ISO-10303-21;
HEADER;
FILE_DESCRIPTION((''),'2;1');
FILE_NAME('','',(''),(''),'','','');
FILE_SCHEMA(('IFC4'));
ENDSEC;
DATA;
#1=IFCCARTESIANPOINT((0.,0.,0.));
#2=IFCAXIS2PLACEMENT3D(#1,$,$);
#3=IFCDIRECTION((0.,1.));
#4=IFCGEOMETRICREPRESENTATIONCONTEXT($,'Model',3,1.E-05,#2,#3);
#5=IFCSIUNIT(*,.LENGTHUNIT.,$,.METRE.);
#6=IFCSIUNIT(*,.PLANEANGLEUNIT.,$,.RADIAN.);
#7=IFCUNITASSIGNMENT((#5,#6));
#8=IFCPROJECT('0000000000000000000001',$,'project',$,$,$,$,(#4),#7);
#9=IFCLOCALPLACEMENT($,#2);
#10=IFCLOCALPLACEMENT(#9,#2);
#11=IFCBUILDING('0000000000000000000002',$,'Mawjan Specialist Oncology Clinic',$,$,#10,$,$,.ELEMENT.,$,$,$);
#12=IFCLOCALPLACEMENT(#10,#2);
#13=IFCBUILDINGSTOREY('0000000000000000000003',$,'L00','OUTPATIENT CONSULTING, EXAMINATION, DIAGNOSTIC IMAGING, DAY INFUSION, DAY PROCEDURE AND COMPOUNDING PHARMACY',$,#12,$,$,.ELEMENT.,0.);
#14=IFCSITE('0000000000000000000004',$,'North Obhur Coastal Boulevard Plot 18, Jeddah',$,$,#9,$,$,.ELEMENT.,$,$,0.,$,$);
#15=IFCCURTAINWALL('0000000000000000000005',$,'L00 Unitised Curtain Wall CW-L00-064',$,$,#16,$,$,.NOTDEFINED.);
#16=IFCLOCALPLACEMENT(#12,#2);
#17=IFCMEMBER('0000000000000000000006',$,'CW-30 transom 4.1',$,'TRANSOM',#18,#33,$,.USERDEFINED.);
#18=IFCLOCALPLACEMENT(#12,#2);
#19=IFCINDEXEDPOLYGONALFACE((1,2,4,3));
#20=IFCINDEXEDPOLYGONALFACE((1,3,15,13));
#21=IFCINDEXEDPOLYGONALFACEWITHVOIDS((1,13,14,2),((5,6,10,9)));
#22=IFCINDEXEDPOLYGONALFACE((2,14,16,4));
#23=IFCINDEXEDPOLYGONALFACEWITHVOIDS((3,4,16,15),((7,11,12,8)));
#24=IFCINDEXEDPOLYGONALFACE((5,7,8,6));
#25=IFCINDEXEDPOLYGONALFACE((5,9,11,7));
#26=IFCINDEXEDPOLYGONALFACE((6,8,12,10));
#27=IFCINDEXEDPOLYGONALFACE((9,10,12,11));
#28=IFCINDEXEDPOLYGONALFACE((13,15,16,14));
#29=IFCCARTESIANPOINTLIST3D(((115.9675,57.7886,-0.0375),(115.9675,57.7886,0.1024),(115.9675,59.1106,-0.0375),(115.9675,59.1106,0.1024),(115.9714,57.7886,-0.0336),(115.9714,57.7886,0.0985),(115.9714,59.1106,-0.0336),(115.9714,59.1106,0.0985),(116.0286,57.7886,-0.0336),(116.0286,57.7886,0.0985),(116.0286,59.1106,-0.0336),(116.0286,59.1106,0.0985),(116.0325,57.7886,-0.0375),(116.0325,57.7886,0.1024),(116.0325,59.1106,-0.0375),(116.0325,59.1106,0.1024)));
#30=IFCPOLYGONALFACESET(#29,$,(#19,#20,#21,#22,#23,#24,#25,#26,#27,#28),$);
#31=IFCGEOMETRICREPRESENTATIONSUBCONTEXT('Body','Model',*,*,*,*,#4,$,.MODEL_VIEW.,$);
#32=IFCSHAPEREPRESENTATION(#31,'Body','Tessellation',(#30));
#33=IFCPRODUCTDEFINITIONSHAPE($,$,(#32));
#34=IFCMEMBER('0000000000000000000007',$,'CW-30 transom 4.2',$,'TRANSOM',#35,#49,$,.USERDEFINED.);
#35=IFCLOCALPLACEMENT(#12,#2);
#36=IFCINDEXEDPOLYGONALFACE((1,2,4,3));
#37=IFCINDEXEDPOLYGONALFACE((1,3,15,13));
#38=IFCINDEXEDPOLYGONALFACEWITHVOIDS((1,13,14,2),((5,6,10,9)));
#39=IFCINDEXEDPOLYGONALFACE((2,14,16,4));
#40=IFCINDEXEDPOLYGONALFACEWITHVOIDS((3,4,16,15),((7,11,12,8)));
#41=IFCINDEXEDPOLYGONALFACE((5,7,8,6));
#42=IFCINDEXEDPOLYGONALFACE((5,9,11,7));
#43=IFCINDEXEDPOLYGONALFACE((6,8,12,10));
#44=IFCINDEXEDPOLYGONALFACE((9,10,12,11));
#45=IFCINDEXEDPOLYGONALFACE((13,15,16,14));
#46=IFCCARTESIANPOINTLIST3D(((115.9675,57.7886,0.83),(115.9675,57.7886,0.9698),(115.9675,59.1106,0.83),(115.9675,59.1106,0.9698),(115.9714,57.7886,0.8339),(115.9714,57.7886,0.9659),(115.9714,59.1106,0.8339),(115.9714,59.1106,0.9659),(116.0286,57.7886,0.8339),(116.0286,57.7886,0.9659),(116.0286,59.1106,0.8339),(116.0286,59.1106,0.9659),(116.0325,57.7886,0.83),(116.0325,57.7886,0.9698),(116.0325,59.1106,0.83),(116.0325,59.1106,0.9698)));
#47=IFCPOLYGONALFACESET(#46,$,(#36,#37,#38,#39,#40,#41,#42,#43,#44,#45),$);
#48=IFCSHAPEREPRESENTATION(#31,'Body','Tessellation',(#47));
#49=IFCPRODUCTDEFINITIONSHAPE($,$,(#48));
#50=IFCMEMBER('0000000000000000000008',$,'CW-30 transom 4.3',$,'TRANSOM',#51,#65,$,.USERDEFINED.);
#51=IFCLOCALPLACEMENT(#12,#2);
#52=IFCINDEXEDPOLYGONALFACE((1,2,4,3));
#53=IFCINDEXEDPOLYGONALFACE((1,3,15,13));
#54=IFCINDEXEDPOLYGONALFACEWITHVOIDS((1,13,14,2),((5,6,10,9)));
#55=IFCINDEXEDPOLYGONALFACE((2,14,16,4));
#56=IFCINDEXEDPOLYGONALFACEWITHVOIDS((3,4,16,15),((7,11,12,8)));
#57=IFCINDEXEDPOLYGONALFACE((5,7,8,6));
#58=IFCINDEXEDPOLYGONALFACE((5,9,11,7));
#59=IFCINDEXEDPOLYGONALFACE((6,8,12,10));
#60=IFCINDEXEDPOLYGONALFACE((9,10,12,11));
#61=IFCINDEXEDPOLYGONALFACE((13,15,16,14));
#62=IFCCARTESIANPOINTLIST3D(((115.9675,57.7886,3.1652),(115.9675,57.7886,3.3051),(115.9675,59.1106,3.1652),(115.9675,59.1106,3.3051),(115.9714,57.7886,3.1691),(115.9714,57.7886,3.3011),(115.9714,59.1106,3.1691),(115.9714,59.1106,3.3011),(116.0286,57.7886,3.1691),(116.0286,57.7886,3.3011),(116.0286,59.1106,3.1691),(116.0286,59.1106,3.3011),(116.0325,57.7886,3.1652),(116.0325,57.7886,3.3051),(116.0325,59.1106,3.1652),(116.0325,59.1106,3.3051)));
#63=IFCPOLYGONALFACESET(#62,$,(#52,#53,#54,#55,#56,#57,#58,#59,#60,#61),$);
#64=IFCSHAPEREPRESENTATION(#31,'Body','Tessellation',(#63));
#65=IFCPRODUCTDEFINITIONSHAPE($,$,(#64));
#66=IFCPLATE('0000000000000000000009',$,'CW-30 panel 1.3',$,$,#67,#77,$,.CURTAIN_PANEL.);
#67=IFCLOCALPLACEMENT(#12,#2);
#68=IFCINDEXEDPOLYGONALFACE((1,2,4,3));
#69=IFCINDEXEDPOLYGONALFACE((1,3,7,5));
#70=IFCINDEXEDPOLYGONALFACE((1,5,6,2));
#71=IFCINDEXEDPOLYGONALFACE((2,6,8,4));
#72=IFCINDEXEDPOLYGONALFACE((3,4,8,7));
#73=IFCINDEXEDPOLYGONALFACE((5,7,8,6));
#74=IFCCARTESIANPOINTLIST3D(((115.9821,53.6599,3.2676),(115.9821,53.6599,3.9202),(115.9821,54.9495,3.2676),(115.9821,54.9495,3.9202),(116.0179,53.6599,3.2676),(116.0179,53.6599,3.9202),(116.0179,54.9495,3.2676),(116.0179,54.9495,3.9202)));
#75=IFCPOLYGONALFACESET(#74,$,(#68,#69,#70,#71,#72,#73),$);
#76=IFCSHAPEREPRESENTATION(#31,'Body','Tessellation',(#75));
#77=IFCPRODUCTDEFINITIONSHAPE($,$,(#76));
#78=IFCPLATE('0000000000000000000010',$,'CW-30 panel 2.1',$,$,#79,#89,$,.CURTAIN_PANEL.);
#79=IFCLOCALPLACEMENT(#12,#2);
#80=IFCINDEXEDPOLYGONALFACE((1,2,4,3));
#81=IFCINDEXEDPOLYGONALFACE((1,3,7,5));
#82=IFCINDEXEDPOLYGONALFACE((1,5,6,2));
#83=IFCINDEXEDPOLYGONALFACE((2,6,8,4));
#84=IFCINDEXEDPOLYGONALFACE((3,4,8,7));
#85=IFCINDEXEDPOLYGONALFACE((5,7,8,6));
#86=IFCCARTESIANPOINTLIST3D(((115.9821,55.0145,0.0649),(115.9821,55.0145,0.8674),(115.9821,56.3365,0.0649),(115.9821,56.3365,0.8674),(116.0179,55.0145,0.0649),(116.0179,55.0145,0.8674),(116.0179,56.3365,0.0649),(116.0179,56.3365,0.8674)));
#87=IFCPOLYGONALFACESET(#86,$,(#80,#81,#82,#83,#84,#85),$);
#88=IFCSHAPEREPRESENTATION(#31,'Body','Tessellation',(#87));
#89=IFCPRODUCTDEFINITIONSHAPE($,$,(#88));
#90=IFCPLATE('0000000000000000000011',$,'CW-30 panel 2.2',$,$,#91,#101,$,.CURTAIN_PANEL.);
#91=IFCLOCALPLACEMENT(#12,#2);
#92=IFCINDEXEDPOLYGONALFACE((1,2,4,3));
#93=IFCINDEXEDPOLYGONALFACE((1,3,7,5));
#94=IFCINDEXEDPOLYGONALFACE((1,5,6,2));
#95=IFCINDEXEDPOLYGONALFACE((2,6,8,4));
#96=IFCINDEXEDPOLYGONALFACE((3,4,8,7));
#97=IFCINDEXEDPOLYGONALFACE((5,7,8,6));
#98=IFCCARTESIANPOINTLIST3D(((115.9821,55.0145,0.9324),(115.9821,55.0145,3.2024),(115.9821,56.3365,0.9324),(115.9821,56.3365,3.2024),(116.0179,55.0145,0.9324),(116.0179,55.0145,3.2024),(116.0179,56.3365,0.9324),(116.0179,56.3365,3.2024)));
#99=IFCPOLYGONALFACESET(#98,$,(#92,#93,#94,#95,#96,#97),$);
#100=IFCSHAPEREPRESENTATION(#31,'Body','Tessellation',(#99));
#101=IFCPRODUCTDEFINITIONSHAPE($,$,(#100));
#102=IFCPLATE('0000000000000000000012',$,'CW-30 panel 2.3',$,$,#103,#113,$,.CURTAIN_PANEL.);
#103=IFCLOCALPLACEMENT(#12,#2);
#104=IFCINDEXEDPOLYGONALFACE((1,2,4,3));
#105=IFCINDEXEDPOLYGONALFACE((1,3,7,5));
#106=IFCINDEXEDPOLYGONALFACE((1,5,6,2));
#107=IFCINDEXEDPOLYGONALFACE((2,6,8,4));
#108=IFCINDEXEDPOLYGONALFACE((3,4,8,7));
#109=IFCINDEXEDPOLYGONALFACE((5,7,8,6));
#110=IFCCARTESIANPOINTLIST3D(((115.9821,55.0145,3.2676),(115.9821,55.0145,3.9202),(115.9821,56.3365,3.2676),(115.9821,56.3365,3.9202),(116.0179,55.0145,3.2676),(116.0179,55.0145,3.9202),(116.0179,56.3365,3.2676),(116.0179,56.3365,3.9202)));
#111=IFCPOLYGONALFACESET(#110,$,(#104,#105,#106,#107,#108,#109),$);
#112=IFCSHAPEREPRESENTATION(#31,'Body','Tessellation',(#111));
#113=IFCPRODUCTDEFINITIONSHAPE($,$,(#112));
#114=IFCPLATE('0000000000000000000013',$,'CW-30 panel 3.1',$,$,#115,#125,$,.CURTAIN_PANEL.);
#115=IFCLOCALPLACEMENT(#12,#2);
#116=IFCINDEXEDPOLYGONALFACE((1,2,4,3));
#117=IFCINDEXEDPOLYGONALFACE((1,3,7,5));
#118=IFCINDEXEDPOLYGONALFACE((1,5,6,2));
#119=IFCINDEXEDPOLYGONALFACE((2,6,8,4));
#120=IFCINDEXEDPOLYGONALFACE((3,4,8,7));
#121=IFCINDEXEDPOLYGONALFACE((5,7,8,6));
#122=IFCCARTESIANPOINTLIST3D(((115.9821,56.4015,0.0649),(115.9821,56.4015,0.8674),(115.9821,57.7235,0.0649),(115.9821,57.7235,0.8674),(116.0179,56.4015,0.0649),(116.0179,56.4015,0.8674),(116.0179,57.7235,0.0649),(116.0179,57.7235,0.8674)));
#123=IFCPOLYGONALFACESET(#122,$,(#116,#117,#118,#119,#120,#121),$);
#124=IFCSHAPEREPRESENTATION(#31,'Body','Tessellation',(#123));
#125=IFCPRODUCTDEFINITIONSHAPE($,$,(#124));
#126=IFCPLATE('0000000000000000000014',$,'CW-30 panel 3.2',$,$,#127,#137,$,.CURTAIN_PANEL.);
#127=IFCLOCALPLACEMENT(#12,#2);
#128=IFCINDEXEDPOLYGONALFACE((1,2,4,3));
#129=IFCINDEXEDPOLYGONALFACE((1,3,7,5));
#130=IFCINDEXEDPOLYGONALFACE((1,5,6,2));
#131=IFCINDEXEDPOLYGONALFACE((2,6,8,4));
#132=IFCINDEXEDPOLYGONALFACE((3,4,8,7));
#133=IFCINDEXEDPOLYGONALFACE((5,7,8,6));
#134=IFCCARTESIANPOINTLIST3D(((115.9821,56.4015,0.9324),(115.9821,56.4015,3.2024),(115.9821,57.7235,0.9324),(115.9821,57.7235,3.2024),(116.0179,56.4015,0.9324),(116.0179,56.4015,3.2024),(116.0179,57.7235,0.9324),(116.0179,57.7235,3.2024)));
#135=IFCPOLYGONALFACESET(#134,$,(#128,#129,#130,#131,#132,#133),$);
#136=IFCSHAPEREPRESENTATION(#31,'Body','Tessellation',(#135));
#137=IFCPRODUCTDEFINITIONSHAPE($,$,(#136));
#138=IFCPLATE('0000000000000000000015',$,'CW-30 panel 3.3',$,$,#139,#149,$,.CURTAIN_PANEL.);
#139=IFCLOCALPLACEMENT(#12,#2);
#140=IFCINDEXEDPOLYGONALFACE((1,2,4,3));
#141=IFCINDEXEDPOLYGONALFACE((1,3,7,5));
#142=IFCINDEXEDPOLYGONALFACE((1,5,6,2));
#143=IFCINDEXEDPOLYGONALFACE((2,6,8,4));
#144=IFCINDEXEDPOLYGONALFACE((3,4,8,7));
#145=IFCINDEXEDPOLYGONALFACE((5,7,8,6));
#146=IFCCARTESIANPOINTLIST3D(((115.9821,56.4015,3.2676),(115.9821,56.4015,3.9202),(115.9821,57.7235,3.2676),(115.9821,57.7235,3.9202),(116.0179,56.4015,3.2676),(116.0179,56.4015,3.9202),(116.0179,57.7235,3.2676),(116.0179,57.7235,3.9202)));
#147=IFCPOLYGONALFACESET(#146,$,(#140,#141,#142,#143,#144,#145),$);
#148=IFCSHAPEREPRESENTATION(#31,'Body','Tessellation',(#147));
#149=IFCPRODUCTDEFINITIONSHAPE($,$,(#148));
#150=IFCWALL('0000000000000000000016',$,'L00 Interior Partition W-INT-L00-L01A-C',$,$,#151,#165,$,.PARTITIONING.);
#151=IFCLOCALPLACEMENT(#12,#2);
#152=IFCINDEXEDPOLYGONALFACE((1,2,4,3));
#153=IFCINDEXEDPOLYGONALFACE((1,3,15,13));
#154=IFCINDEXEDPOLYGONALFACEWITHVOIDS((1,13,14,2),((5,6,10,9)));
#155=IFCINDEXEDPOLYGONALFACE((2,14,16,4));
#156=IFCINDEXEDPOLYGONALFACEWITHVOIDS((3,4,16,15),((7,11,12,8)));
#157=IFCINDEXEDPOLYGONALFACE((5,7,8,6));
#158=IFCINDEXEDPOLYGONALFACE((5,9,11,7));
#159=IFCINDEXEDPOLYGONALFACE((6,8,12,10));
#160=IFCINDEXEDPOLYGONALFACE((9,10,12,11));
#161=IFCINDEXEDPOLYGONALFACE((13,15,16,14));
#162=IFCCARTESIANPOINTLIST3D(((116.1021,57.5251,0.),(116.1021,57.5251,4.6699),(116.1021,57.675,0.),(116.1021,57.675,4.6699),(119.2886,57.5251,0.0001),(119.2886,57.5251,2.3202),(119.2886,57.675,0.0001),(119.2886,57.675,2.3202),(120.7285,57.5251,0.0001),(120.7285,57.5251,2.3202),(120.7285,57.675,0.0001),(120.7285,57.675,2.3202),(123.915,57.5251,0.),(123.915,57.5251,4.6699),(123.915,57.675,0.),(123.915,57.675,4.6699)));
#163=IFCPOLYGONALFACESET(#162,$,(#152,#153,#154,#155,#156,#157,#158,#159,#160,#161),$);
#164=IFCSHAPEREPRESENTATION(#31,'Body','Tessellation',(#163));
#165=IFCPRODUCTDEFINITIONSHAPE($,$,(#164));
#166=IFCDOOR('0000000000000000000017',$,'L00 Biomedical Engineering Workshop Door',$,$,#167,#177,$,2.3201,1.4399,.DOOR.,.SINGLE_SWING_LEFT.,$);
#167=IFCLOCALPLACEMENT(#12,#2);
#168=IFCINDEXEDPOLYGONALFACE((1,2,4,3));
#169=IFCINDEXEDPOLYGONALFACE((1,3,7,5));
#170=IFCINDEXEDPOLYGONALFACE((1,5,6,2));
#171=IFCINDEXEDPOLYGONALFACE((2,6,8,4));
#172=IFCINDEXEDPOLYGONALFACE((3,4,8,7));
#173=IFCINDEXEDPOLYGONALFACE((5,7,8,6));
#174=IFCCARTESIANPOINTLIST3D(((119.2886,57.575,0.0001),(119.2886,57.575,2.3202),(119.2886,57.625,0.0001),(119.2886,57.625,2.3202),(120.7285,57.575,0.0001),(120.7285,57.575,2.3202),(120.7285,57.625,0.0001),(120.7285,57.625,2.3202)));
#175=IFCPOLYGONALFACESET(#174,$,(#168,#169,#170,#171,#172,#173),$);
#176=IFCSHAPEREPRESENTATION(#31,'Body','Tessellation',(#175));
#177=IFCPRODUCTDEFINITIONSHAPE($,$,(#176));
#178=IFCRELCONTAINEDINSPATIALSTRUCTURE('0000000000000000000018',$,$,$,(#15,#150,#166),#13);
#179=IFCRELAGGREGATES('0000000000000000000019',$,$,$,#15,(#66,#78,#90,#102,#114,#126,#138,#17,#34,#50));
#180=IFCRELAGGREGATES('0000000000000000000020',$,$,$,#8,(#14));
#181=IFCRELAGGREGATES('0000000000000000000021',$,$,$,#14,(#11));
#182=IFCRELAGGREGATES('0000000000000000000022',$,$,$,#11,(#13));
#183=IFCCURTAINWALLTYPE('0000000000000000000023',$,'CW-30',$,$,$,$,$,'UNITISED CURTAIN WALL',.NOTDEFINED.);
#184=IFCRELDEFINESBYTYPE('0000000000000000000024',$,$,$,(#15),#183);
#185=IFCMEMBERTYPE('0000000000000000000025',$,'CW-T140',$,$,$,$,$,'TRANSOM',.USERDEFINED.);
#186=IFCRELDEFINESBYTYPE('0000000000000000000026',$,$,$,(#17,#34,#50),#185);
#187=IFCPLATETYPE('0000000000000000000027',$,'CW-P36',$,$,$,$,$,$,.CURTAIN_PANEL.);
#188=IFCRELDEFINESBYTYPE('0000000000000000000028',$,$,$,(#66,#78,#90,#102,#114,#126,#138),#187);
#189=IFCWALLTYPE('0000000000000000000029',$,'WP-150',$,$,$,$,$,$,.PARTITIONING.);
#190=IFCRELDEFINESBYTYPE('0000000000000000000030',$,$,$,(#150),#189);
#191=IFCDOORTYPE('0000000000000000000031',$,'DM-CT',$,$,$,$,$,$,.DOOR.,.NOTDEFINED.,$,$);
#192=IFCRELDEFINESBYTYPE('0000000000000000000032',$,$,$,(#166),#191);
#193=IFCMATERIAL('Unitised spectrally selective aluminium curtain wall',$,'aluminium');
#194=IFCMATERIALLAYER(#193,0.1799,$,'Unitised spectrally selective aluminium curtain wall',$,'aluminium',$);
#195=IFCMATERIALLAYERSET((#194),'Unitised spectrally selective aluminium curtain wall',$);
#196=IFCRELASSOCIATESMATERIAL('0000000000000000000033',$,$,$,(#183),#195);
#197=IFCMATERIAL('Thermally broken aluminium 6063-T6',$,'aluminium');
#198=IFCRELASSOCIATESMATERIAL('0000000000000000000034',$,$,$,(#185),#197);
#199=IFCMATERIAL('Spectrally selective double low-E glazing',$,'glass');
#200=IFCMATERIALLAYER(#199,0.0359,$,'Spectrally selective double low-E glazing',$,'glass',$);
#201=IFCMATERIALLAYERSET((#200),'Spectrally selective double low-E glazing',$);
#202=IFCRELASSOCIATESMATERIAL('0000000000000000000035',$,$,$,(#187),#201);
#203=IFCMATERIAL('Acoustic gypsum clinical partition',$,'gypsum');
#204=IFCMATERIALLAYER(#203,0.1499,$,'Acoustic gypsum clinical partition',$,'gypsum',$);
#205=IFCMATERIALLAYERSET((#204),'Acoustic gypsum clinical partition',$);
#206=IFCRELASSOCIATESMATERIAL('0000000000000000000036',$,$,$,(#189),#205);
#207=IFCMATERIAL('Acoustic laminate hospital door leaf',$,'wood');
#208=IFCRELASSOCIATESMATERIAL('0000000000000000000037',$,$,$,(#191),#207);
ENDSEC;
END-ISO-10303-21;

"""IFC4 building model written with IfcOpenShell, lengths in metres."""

from ifc_helpers import new_model, si_unit, direction, frame, frame_2d, origin, origin_2d, place, context, subcontext, project, spatial, rectangle, hollow_rectangle, extrude, material, layer, layer_set, material_profile, profile_set, type_object, element, fill, aggregate, save


model = new_model("IFC4")

# Units and contexts
model_context = context("Model", 3, precision=1e-05, world=origin(), true_north=direction((0.0, 1.0)))
body_context = subcontext(model_context, "Body", "Model", "MODEL_VIEW")
ifc_project = project(units=[si_unit("LENGTHUNIT", "METRE"), si_unit("PLANEANGLEUNIT", "RADIAN")], contexts=[model_context])

# Site, building, storey
site_placement = place(None, origin())
site = spatial("IfcSite", under=ifc_project, at=site_placement, Name="North Obhur Coastal Boulevard Plot 18, Jeddah", CompositionType="ELEMENT", RefElevation=0.0)
building_placement = place(site_placement, origin())
building = spatial("IfcBuilding", under=site, at=building_placement, Name="Mawjan Specialist Oncology Clinic", CompositionType="ELEMENT")
storey_placement = place(building_placement, origin())
storey = spatial("IfcBuildingStorey", under=building, at=storey_placement, Name="L00", Description="OUTPATIENT CONSULTING, EXAMINATION, DIAGNOSTIC IMAGING, DAY INFUSION, DAY PROCEDURE AND COMPOUNDING PHARMACY", CompositionType="ELEMENT", Elevation=0.0)

# Curtain wall, members, plates
ifc_material_1 = material(Name="Unitised spectrally selective aluminium curtain wall", Category="aluminium")
ifc_layer_1 = layer(ifc_material_1, 0.1799, Name="Unitised spectrally selective aluminium curtain wall", Category="aluminium")
ifc_layer_set_1 = layer_set([ifc_layer_1], Name="Unitised spectrally selective aluminium curtain wall")
curtain_wall_type = type_object("IfcCurtainWallType", Name="CW-30", ElementType="UNITISED CURTAIN WALL", PredefinedType="NOTDEFINED", material=ifc_layer_set_1)
curtain_wall_placement = place(storey_placement, origin())
curtain_wall = element("IfcCurtainWall", 1, at=curtain_wall_placement, inside=storey, type_object=curtain_wall_type, Name="L00 Unitised Curtain Wall CW-L00-064", PredefinedType="NOTDEFINED")
ifc_material_2 = material(Name="Thermally broken aluminium 6063-T6", Category="aluminium")
ifc_material_profile_1 = material_profile(ifc_material_2, hollow_rectangle(XDim=0.0649, YDim=0.1399, WallThickness=0.0039, at=origin_2d()), Name="ALU TRANSOM 140x65x4", Category="aluminium")
ifc_profile_set_1 = profile_set([ifc_material_profile_1], Name="Thermally broken aluminium 6063-T6")
member_type_1 = type_object("IfcMemberType", Name="CW-T140", ElementType="TRANSOM", PredefinedType="USERDEFINED", material=ifc_profile_set_1)
member_1_placement = place(storey_placement, frame((116.0, 57.7886, 0.0325), z_axis=(0.0, 1.0, 0.0), x_axis=(-1.0, 0.0, 0.0)))
member_1 = element("IfcMember", 2, at=member_1_placement, type_object=member_type_1, Name="CW-30 transom 4.1", ObjectType="TRANSOM", PredefinedType="USERDEFINED", context=body_context, shape_type="SweptSolid", body=[
    extrude(hollow_rectangle(XDim=0.0649, YDim=0.1399, WallThickness=0.0039, at=origin_2d()), origin(), (0.0, 0.0, 1.0), 1.322),
])
member_2_placement = place(storey_placement, frame((116.0, 57.7886, 0.8999), z_axis=(0.0, 1.0, 0.0), x_axis=(-1.0, 0.0, 0.0)))
member_2 = element("IfcMember", 3, at=member_2_placement, type_object=member_type_1, Name="CW-30 transom 4.2", ObjectType="TRANSOM", PredefinedType="USERDEFINED", context=body_context, shape_type="SweptSolid", body=[
    extrude(hollow_rectangle(XDim=0.0649, YDim=0.1399, WallThickness=0.0039, at=origin_2d()), origin(), (0.0, 0.0, 1.0), 1.322),
])
member_3_placement = place(storey_placement, frame((116.0, 57.7886, 3.2351), z_axis=(0.0, 1.0, 0.0), x_axis=(-1.0, 0.0, 0.0)))
member_3 = element("IfcMember", 4, at=member_3_placement, type_object=member_type_1, Name="CW-30 transom 4.3", ObjectType="TRANSOM", PredefinedType="USERDEFINED", context=body_context, shape_type="SweptSolid", body=[
    extrude(hollow_rectangle(XDim=0.0649, YDim=0.1399, WallThickness=0.0039, at=origin_2d()), origin(), (0.0, 0.0, 1.0), 1.322),
])
ifc_material_3 = material(Name="Spectrally selective double low-E glazing", Category="glass")
ifc_layer_2 = layer(ifc_material_3, 0.0359, Name="Spectrally selective double low-E glazing", Category="glass")
ifc_layer_set_2 = layer_set([ifc_layer_2], Name="Spectrally selective double low-E glazing")
plate_type = type_object("IfcPlateType", Name="CW-P36", PredefinedType="CURTAIN_PANEL", material=ifc_layer_set_2)
plate_1_placement = place(storey_placement, frame((116.0, 54.3047, 3.2676), z_axis=(0.0, 0.0, 1.0), x_axis=(0.0, 1.0, 0.0)))
plate_1 = element("IfcPlate", 5, at=plate_1_placement, type_object=plate_type, Name="CW-30 panel 1.3", PredefinedType="CURTAIN_PANEL", context=body_context, shape_type="SweptSolid", body=[
    extrude(rectangle(XDim=1.2896, YDim=0.0359, at=origin_2d()), origin(), (0.0, 0.0, 1.0), 0.6526),
])
plate_2_placement = place(storey_placement, frame((116.0, 55.6755, 0.0649), z_axis=(0.0, 0.0, 1.0), x_axis=(0.0, 1.0, 0.0)))
plate_2 = element("IfcPlate", 6, at=plate_2_placement, type_object=plate_type, Name="CW-30 panel 2.1", PredefinedType="CURTAIN_PANEL", context=body_context, shape_type="SweptSolid", body=[
    extrude(rectangle(XDim=1.322, YDim=0.0359, at=origin_2d()), origin(), (0.0, 0.0, 1.0), 0.8025),
])
plate_3_placement = place(storey_placement, frame((116.0, 55.6755, 0.9324), z_axis=(0.0, 0.0, 1.0), x_axis=(0.0, 1.0, 0.0)))
plate_3 = element("IfcPlate", 7, at=plate_3_placement, type_object=plate_type, Name="CW-30 panel 2.2", PredefinedType="CURTAIN_PANEL", context=body_context, shape_type="SweptSolid", body=[
    extrude(rectangle(XDim=1.322, YDim=0.0359, at=origin_2d()), origin(), (0.0, 0.0, 1.0), 2.27),
])
plate_4_placement = place(storey_placement, frame((116.0, 55.6755, 3.2676), z_axis=(0.0, 0.0, 1.0), x_axis=(0.0, 1.0, 0.0)))
plate_4 = element("IfcPlate", 8, at=plate_4_placement, type_object=plate_type, Name="CW-30 panel 2.3", PredefinedType="CURTAIN_PANEL", context=body_context, shape_type="SweptSolid", body=[
    extrude(rectangle(XDim=1.322, YDim=0.0359, at=origin_2d()), origin(), (0.0, 0.0, 1.0), 0.6526),
])
plate_5_placement = place(storey_placement, frame((116.0, 57.0625, 0.0649), z_axis=(0.0, 0.0, 1.0), x_axis=(0.0, 1.0, 0.0)))
plate_5 = element("IfcPlate", 9, at=plate_5_placement, type_object=plate_type, Name="CW-30 panel 3.1", PredefinedType="CURTAIN_PANEL", context=body_context, shape_type="SweptSolid", body=[
    extrude(rectangle(XDim=1.322, YDim=0.0359, at=origin_2d()), origin(), (0.0, 0.0, 1.0), 0.8025),
])
plate_6_placement = place(storey_placement, frame((116.0, 57.0625, 0.9324), z_axis=(0.0, 0.0, 1.0), x_axis=(0.0, 1.0, 0.0)))
plate_6 = element("IfcPlate", 10, at=plate_6_placement, type_object=plate_type, Name="CW-30 panel 3.2", PredefinedType="CURTAIN_PANEL", context=body_context, shape_type="SweptSolid", body=[
    extrude(rectangle(XDim=1.322, YDim=0.0359, at=origin_2d()), origin(), (0.0, 0.0, 1.0), 2.27),
])
plate_7_placement = place(storey_placement, frame((116.0, 57.0625, 3.2676), z_axis=(0.0, 0.0, 1.0), x_axis=(0.0, 1.0, 0.0)))
plate_7 = element("IfcPlate", 11, at=plate_7_placement, type_object=plate_type, Name="CW-30 panel 3.3", PredefinedType="CURTAIN_PANEL", context=body_context, shape_type="SweptSolid", body=[
    extrude(rectangle(XDim=1.322, YDim=0.0359, at=origin_2d()), origin(), (0.0, 0.0, 1.0), 0.6526),
])
aggregate(curtain_wall, [plate_1, plate_2, plate_3, plate_4, plate_5, plate_6, plate_7, member_1, member_2, member_3])

# Wall, opening, door
ifc_material_4 = material(Name="Acoustic gypsum clinical partition", Category="gypsum")
ifc_layer_3 = layer(ifc_material_4, 0.1499, Name="Acoustic gypsum clinical partition", Category="gypsum")
ifc_layer_set_3 = layer_set([ifc_layer_3], Name="Acoustic gypsum clinical partition")
wall_type_1 = type_object("IfcWallType", Name="WP-150", PredefinedType="PARTITIONING", material=ifc_layer_set_3)
wall_1_placement = place(storey_placement, frame((116.1021, 57.6001, 0.0), z_axis=(0.0, 0.0, 1.0), x_axis=(1.0, 0.0, 0.0)))
wall_1 = element("IfcWall", 12, at=wall_1_placement, inside=storey, type_object=wall_type_1, Name="L00 Interior Partition W-INT-L00-L01A-C", PredefinedType="PARTITIONING", context=body_context, shape_type="SweptSolid", body=[
    extrude(rectangle(XDim=7.813, YDim=0.1499, at=frame_2d((3.9065, 0.0))), origin(), (0.0, 0.0, 1.0), 4.6699),
])
opening_1_placement = place(wall_1_placement, frame((3.1865, 0.0, 0.0)))
opening_1 = element("IfcOpeningElement", 13, at=opening_1_placement, cuts=wall_1, PredefinedType="OPENING", context=body_context, shape_type="SweptSolid", body=[
    extrude(rectangle(XDim=1.4399, YDim=2.3201, at=frame_2d((0.72, 1.1602))), frame((0.0, 0.0869, 0.0), z_axis=(0.0, -1.0, 0.0), x_axis=(1.0, 0.0, 0.0)), (0.0, 0.0, 1.0), 0.1738),
])
ifc_material_5 = material(Name="Acoustic laminate hospital door leaf", Category="wood")
door_type_1 = type_object("IfcDoorType", Name="DM-CT", OperationType="NOTDEFINED", PredefinedType="DOOR", material=ifc_material_5)
door_1_placement = place(opening_1_placement, origin())
door_1 = element("IfcDoor", 14, at=door_1_placement, inside=storey, type_object=door_type_1, Name="L00 Biomedical Engineering Workshop Door", OperationType="SINGLE_SWING_LEFT", OverallHeight=2.3201, OverallWidth=1.4399, PredefinedType="DOOR", context=body_context, shape_type="SweptSolid", body=[
    extrude(rectangle(XDim=1.4399, YDim=2.3201, at=frame_2d((0.72, 1.1602))), frame((0.0, 0.0249, 0.0), z_axis=(0.0, -1.0, 0.0), x_axis=(1.0, 0.0, 0.0)), (0.0, 0.0, 1.0), 0.05),
])
fill(opening_1, door_1)

save(model, "model.ifc")
